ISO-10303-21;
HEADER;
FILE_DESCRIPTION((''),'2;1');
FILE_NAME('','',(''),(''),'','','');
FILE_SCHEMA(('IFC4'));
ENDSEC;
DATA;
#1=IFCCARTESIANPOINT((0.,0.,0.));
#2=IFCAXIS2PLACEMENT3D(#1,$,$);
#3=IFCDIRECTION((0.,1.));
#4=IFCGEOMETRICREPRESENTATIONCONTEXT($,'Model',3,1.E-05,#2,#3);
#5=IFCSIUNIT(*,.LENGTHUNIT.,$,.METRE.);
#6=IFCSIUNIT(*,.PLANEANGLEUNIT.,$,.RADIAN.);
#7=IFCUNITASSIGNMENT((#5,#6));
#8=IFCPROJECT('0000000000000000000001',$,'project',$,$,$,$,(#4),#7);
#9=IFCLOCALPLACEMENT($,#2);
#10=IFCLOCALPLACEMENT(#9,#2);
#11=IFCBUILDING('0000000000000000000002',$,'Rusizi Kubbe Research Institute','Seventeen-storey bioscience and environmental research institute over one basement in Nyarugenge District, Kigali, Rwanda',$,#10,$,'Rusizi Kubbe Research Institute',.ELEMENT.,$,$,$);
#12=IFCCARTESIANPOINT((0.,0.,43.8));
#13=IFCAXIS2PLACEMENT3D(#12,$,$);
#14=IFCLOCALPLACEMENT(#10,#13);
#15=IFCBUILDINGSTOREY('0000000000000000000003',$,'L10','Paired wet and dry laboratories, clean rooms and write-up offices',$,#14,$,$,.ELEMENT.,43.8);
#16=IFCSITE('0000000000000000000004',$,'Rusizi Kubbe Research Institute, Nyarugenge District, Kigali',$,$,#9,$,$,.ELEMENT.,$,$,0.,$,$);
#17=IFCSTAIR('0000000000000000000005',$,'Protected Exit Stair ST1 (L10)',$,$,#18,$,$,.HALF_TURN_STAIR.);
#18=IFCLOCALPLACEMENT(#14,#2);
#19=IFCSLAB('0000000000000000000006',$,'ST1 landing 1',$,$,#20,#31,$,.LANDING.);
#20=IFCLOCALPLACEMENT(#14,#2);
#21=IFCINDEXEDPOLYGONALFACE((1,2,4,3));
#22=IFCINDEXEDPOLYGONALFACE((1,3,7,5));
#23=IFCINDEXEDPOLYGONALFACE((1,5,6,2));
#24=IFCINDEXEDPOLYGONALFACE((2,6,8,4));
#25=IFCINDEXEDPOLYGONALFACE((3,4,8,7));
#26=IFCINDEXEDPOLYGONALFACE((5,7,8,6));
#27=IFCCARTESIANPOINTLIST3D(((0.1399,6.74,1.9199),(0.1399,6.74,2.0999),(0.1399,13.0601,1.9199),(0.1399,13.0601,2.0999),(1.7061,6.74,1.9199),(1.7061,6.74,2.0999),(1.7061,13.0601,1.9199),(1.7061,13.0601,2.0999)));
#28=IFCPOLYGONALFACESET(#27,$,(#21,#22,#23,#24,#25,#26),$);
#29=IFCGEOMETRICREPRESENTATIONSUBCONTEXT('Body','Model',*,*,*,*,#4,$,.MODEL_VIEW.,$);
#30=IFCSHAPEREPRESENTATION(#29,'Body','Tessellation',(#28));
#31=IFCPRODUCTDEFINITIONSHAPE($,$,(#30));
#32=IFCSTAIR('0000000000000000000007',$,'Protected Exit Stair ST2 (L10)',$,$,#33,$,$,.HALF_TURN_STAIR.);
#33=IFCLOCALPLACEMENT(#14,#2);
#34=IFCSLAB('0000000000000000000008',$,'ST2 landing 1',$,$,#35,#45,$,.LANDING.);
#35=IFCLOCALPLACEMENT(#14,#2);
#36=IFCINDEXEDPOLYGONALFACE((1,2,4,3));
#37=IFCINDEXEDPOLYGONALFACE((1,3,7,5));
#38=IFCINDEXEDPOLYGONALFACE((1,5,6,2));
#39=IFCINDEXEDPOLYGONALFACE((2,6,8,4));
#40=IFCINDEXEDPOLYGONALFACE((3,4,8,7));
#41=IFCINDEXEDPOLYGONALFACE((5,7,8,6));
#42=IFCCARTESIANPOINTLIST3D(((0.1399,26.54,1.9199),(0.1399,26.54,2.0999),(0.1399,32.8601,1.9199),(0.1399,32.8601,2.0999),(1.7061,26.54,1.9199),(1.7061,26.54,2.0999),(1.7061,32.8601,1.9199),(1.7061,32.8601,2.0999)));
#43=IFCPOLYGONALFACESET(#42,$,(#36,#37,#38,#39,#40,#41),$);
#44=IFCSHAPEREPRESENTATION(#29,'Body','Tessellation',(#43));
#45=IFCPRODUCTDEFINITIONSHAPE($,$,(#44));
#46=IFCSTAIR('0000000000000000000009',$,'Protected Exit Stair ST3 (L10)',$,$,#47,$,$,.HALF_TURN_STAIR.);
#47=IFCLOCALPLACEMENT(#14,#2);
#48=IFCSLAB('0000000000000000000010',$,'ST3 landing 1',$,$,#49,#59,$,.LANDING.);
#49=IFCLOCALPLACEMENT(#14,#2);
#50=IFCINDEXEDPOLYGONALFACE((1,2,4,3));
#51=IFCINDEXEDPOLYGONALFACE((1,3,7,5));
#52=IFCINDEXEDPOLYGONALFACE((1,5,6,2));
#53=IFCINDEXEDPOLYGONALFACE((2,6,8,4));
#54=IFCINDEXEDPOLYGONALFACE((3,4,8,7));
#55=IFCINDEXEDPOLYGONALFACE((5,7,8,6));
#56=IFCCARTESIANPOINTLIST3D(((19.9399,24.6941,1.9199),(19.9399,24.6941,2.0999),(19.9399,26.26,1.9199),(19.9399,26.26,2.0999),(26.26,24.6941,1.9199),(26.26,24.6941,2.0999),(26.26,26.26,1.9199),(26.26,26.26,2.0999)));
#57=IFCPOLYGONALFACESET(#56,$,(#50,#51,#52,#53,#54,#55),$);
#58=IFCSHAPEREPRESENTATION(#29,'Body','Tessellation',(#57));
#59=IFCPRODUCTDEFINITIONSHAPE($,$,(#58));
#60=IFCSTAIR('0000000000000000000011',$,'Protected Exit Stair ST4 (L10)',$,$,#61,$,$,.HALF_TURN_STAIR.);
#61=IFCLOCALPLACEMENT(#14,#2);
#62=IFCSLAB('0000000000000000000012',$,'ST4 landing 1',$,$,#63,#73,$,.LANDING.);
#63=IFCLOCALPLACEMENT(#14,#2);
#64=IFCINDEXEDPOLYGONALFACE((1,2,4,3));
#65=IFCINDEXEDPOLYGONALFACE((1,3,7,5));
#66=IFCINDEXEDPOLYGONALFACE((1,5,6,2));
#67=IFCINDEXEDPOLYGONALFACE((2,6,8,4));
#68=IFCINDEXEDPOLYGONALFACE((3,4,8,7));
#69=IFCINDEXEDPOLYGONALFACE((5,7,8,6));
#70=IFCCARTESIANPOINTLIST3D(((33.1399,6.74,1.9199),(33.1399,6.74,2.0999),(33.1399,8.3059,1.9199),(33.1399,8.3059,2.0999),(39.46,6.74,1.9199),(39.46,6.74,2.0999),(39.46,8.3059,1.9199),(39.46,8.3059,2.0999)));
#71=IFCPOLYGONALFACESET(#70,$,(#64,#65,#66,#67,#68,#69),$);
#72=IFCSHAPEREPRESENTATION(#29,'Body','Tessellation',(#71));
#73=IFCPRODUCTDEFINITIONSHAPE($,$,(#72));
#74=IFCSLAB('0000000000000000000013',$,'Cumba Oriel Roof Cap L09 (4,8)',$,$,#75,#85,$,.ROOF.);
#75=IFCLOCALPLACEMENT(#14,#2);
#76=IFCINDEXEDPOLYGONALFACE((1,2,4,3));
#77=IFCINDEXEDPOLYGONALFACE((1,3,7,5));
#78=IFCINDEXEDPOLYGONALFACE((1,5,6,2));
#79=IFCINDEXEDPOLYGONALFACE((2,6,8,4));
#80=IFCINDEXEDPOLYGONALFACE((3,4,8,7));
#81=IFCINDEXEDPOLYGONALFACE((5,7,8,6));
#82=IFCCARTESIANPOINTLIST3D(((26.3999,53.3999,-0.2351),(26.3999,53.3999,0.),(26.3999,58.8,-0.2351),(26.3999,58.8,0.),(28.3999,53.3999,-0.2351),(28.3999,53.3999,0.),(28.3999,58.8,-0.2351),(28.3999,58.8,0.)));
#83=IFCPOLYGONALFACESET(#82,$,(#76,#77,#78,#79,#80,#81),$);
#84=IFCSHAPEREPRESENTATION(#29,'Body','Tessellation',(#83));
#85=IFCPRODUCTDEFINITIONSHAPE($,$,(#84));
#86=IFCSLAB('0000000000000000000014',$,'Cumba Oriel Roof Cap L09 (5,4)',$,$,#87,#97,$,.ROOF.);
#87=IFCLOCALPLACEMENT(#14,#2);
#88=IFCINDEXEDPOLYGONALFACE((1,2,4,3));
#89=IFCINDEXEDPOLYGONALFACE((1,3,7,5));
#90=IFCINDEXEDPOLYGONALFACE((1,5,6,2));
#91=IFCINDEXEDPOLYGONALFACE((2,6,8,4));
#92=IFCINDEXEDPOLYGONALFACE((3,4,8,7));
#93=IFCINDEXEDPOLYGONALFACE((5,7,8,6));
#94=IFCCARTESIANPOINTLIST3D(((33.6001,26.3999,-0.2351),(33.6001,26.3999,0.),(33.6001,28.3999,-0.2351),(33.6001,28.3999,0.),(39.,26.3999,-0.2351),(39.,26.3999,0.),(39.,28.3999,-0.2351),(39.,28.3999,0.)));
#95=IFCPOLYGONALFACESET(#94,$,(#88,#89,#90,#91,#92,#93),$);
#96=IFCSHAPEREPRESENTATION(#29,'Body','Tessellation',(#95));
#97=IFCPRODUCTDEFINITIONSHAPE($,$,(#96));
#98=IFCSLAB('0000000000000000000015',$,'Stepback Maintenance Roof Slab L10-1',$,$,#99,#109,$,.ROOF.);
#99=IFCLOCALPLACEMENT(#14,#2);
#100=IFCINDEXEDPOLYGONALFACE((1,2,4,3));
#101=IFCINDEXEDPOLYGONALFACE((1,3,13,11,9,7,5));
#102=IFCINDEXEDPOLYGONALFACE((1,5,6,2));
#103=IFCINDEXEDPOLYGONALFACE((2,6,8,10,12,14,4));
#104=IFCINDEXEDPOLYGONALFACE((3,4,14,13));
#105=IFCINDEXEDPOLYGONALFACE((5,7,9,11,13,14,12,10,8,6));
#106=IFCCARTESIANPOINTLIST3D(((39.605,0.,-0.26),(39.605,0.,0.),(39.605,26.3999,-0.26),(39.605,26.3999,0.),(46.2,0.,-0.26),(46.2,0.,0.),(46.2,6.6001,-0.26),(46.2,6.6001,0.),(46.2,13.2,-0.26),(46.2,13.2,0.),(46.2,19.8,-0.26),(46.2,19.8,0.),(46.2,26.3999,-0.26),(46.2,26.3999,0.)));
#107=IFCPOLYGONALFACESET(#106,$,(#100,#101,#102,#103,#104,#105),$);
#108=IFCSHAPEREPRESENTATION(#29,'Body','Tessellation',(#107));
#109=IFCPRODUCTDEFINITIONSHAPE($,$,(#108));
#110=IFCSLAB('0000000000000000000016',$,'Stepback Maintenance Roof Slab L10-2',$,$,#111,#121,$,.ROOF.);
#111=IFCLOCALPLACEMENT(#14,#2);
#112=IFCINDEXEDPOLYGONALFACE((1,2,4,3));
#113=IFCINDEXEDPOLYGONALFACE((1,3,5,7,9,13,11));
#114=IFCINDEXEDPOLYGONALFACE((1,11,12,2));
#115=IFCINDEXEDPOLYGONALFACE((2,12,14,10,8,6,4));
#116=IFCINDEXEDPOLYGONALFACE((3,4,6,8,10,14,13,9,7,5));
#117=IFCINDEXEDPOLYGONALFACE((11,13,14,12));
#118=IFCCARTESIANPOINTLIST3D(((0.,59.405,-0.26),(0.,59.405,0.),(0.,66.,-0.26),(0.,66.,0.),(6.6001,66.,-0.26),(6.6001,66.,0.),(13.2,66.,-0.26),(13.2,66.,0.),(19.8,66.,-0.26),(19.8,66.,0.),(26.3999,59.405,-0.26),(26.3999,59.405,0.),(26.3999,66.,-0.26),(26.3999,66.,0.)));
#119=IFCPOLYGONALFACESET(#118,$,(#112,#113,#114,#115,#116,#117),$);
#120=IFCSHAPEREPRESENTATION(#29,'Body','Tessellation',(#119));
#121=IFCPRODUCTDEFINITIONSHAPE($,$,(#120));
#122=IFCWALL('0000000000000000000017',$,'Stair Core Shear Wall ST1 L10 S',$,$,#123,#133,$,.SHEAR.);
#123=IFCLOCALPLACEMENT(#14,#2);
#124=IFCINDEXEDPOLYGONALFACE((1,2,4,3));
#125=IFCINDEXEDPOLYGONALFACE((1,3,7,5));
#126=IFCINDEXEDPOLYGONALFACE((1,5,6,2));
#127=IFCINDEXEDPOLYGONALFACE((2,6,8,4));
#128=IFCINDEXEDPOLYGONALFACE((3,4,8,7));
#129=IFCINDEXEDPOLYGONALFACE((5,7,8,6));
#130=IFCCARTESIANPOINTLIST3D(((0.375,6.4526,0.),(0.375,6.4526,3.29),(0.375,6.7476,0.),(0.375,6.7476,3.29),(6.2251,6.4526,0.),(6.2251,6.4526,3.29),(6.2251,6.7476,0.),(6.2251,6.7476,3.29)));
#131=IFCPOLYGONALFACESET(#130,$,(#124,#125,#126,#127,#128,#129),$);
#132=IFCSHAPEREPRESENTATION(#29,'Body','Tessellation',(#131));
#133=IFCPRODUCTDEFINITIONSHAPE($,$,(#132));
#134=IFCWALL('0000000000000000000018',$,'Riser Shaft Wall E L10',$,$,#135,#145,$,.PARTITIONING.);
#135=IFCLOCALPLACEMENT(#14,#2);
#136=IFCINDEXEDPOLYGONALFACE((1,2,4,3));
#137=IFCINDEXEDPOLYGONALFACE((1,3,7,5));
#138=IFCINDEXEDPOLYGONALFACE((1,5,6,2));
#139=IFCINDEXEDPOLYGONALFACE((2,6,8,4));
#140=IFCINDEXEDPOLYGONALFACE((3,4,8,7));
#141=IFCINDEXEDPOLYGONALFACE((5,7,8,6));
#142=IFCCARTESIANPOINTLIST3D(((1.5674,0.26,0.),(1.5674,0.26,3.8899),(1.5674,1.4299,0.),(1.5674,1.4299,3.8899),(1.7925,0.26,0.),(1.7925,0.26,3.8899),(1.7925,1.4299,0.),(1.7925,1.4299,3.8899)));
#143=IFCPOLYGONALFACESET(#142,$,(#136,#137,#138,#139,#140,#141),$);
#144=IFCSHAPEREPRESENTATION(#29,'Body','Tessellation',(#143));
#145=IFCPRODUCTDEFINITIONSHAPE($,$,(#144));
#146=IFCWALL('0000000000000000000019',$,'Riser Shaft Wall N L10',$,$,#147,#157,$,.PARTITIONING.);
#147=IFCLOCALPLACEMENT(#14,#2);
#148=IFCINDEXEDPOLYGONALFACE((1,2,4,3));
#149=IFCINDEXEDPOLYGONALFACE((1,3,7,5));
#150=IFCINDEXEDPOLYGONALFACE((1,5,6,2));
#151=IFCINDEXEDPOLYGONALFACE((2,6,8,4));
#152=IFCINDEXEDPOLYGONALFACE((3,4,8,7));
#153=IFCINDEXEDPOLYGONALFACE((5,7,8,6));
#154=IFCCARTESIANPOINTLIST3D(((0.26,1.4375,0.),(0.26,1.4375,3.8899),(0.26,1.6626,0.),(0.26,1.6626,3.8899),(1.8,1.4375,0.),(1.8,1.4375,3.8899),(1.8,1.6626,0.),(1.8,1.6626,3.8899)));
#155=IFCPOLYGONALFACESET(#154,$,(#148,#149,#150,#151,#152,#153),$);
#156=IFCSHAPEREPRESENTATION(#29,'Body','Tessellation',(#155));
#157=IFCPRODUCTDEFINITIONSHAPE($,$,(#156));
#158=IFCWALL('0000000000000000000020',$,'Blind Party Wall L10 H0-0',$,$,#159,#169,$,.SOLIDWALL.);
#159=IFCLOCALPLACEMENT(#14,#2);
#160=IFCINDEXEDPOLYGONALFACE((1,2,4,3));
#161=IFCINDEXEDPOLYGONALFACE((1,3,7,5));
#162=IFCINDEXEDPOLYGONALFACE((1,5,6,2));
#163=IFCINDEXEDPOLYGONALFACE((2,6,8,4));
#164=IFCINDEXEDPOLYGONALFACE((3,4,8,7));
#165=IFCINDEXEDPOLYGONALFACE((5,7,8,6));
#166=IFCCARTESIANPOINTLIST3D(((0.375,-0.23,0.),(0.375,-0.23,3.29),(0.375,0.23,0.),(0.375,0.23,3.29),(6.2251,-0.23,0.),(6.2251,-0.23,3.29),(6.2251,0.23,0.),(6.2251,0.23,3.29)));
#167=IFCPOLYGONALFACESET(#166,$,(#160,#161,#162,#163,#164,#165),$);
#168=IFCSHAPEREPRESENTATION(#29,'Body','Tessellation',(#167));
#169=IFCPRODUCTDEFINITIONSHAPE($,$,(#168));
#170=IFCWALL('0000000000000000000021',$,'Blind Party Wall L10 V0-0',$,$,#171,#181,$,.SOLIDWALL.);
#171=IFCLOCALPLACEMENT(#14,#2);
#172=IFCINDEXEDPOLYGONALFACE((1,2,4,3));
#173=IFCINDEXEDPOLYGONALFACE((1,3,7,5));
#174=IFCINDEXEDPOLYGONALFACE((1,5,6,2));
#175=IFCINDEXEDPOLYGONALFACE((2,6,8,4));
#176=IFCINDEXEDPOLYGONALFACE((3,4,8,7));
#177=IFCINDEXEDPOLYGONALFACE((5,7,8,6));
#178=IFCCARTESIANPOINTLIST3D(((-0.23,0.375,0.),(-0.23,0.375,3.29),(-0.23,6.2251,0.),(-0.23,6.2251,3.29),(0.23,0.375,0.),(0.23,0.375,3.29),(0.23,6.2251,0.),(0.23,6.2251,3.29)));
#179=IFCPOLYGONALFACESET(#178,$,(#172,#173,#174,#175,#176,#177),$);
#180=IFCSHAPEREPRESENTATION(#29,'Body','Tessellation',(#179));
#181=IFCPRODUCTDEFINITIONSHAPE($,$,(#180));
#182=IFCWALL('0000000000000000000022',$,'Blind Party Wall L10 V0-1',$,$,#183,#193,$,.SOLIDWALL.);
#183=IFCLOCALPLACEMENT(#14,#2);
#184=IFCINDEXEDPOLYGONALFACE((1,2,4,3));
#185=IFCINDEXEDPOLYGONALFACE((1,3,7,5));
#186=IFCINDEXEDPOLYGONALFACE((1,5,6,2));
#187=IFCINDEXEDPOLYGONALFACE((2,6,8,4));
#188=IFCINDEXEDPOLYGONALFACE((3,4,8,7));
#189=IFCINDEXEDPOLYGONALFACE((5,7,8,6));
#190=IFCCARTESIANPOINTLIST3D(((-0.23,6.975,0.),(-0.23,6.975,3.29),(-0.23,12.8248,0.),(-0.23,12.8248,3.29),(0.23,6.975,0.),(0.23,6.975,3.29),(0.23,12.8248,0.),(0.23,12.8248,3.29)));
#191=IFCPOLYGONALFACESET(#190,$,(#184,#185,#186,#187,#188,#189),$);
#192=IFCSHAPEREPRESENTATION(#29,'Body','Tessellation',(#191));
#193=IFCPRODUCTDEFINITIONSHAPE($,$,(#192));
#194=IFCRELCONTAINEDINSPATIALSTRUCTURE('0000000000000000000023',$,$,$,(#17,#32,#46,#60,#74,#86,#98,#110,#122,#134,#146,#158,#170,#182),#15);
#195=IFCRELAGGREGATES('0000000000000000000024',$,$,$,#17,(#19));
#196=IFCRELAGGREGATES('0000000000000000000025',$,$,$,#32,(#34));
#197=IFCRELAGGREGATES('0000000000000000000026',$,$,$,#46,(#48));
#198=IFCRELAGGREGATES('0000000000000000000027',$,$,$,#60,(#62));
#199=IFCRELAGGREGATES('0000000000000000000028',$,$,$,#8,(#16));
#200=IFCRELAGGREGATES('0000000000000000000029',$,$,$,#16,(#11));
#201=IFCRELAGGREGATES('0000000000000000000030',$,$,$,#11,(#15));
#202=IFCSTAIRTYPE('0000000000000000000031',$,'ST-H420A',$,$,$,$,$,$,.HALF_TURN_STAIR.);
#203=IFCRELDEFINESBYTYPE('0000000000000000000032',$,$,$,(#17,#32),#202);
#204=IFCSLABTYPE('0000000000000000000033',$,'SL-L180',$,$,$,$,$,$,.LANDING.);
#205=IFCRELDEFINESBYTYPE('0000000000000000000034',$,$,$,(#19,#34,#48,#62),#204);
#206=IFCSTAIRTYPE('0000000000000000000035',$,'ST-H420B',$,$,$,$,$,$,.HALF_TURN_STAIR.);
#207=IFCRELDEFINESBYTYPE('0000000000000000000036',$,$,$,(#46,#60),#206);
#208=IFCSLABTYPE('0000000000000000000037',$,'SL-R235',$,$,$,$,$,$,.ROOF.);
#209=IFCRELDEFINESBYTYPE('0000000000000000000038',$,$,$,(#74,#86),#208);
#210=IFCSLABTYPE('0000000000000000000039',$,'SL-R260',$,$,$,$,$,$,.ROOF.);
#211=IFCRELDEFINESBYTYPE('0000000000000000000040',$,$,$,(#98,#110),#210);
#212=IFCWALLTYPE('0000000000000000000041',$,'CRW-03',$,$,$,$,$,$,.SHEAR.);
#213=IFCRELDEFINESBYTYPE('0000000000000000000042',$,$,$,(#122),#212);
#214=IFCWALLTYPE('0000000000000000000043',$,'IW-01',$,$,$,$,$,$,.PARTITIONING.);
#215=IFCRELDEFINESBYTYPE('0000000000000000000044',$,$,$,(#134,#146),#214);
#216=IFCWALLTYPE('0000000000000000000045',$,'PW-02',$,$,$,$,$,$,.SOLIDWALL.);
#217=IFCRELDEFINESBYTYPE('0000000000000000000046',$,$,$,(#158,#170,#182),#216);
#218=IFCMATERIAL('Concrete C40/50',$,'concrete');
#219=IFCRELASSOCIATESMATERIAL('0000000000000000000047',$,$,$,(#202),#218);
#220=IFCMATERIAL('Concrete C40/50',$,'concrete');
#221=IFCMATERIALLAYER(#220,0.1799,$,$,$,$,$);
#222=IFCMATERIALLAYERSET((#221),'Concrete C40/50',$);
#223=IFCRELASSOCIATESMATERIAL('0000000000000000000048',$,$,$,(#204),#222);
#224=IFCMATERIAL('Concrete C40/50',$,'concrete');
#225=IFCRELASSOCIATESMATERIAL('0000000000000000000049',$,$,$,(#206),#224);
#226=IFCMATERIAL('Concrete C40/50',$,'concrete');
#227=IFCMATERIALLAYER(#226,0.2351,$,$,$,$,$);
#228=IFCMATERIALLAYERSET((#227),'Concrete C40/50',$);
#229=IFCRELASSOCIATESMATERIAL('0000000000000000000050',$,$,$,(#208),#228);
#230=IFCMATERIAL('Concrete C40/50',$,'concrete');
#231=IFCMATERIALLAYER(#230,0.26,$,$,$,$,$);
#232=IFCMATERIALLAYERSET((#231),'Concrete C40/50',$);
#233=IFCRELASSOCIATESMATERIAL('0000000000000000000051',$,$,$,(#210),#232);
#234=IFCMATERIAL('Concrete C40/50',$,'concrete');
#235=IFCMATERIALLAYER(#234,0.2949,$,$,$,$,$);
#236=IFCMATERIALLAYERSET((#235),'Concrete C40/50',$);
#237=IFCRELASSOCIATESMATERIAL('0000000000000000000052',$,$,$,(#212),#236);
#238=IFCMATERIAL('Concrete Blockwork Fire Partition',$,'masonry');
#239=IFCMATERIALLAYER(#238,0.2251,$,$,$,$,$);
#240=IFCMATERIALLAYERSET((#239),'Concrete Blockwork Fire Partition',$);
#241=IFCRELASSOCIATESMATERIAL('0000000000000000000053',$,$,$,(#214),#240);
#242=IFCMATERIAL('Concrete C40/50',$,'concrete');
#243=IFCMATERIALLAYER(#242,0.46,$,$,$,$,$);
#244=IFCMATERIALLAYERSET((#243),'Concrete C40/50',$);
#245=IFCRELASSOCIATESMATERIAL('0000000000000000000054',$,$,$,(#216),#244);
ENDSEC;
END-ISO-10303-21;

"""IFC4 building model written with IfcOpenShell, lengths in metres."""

from ifc_helpers import new_model, si_unit, direction, frame, frame_2d, origin, place, context, subcontext, project, spatial, polyline, rectangle, outline, extrude, material, layer, layer_set, type_object, element, aggregate, save


model = new_model("IFC4")

# Units and contexts
model_context = context("Model", 3, precision=1e-05, world=origin(), true_north=direction((0.0, 1.0)))
body_context = subcontext(model_context, "Body", "Model", "MODEL_VIEW")
ifc_project = project(units=[si_unit("LENGTHUNIT", "METRE"), si_unit("PLANEANGLEUNIT", "RADIAN")], contexts=[model_context])

# Site, building, storey
site_placement = place(None, origin())
site = spatial("IfcSite", under=ifc_project, at=site_placement, Name="Rusizi Kubbe Research Institute, Nyarugenge District, Kigali", CompositionType="ELEMENT", RefElevation=0.0)
building_placement = place(site_placement, origin())
building = spatial("IfcBuilding", under=site, at=building_placement, Name="Rusizi Kubbe Research Institute", Description="Seventeen-storey bioscience and environmental research institute over one basement in Nyarugenge District, Kigali, Rwanda", LongName="Rusizi Kubbe Research Institute", CompositionType="ELEMENT")
storey_placement = place(building_placement, frame((0.0, 0.0, 43.8)))
storey = spatial("IfcBuildingStorey", under=building, at=storey_placement, Name="L10", Description="Paired wet and dry laboratories, clean rooms and write-up offices", CompositionType="ELEMENT", Elevation=43.8)

# Stairs, slabs
ifc_material_1 = material(Name="Concrete C40/50", Category="concrete")
stair_type_1 = type_object("IfcStairType", Name="ST-H420A", PredefinedType="HALF_TURN_STAIR", material=ifc_material_1)
stair_1_placement = place(storey_placement, origin())
stair_1 = element("IfcStair", 1, at=stair_1_placement, inside=storey, type_object=stair_type_1, Name="Protected Exit Stair ST1 (L10)", PredefinedType="HALF_TURN_STAIR")
ifc_material_2 = material(Name="Concrete C40/50", Category="concrete")
ifc_layer_1 = layer(ifc_material_2, 0.1799)
ifc_layer_set_1 = layer_set([ifc_layer_1], Name="Concrete C40/50")
slab_type_1 = type_object("IfcSlabType", Name="SL-L180", PredefinedType="LANDING", material=ifc_layer_set_1)
slab_1_placement = place(storey_placement, frame((0.0, 0.0, 1.9199)))
slab_1 = element("IfcSlab", 2, at=slab_1_placement, type_object=slab_type_1, Name="ST1 landing 1", PredefinedType="LANDING", context=body_context, shape_type="SweptSolid", body=[
    extrude(outline(polyline([(1.7061, 13.0601), (0.1399, 13.0601), (0.1399, 6.74), (1.7061, 6.74), (1.7061, 13.0601)])), origin(), (0.0, 0.0, 1.0), 0.1799),
])
aggregate(stair_1, [slab_1])
stair_2_placement = place(storey_placement, origin())
stair_2 = element("IfcStair", 3, at=stair_2_placement, inside=storey, type_object=stair_type_1, Name="Protected Exit Stair ST2 (L10)", PredefinedType="HALF_TURN_STAIR")
slab_2_placement = place(storey_placement, frame((0.0, 0.0, 1.9199)))
slab_2 = element("IfcSlab", 4, at=slab_2_placement, type_object=slab_type_1, Name="ST2 landing 1", PredefinedType="LANDING", context=body_context, shape_type="SweptSolid", body=[
    extrude(outline(polyline([(1.7061, 32.8601), (0.1399, 32.8601), (0.1399, 26.54), (1.7061, 26.54), (1.7061, 32.8601)])), origin(), (0.0, 0.0, 1.0), 0.1799),
])
aggregate(stair_2, [slab_2])
ifc_material_3 = material(Name="Concrete C40/50", Category="concrete")
stair_type_2 = type_object("IfcStairType", Name="ST-H420B", PredefinedType="HALF_TURN_STAIR", material=ifc_material_3)
stair_3_placement = place(storey_placement, origin())
stair_3 = element("IfcStair", 5, at=stair_3_placement, inside=storey, type_object=stair_type_2, Name="Protected Exit Stair ST3 (L10)", PredefinedType="HALF_TURN_STAIR")
slab_3_placement = place(storey_placement, frame((0.0, 0.0, 1.9199)))
slab_3 = element("IfcSlab", 6, at=slab_3_placement, type_object=slab_type_1, Name="ST3 landing 1", PredefinedType="LANDING", context=body_context, shape_type="SweptSolid", body=[
    extrude(outline(polyline([(26.26, 24.6941), (26.26, 26.26), (19.9399, 26.26), (19.9399, 24.6941), (26.26, 24.6941)])), origin(), (0.0, 0.0, 1.0), 0.1799),
])
aggregate(stair_3, [slab_3])
stair_4_placement = place(storey_placement, origin())
stair_4 = element("IfcStair", 7, at=stair_4_placement, inside=storey, type_object=stair_type_2, Name="Protected Exit Stair ST4 (L10)", PredefinedType="HALF_TURN_STAIR")
slab_4_placement = place(storey_placement, frame((0.0, 0.0, 1.9199)))
slab_4 = element("IfcSlab", 8, at=slab_4_placement, type_object=slab_type_1, Name="ST4 landing 1", PredefinedType="LANDING", context=body_context, shape_type="SweptSolid", body=[
    extrude(outline(polyline([(33.1399, 8.3059), (33.1399, 6.74), (39.46, 6.74), (39.46, 8.3059), (33.1399, 8.3059)])), origin(), (0.0, 0.0, 1.0), 0.1799),
])
aggregate(stair_4, [slab_4])

# Slabs
ifc_material_4 = material(Name="Concrete C40/50", Category="concrete")
ifc_layer_2 = layer(ifc_material_4, 0.2351)
ifc_layer_set_2 = layer_set([ifc_layer_2], Name="Concrete C40/50")
slab_type_2 = type_object("IfcSlabType", Name="SL-R235", PredefinedType="ROOF", material=ifc_layer_set_2)
slab_5_placement = place(storey_placement, frame((0.0, 0.0, -0.2351)))
element("IfcSlab", 9, at=slab_5_placement, inside=storey, type_object=slab_type_2, Name="Cumba Oriel Roof Cap L09 (4,8)", PredefinedType="ROOF", context=body_context, shape_type="SweptSolid", body=[
    extrude(outline(polyline([(26.3999, 53.3999), (28.3999, 53.3999), (28.3999, 58.8), (26.3999, 58.8), (26.3999, 53.3999)])), origin(), (0.0, 0.0, 1.0), 0.2351),
])
slab_6_placement = place(storey_placement, frame((0.0, 0.0, -0.2351)))
element("IfcSlab", 10, at=slab_6_placement, inside=storey, type_object=slab_type_2, Name="Cumba Oriel Roof Cap L09 (5,4)", PredefinedType="ROOF", context=body_context, shape_type="SweptSolid", body=[
    extrude(outline(polyline([(33.6001, 26.3999), (39.0, 26.3999), (39.0, 28.3999), (33.6001, 28.3999), (33.6001, 26.3999)])), origin(), (0.0, 0.0, 1.0), 0.2351),
])
ifc_material_5 = material(Name="Concrete C40/50", Category="concrete")
ifc_layer_3 = layer(ifc_material_5, 0.26)
ifc_layer_set_3 = layer_set([ifc_layer_3], Name="Concrete C40/50")
slab_type_3 = type_object("IfcSlabType", Name="SL-R260", PredefinedType="ROOF", material=ifc_layer_set_3)
slab_7_placement = place(storey_placement, frame((0.0, 0.0, -0.26)))
element("IfcSlab", 11, at=slab_7_placement, inside=storey, type_object=slab_type_3, Name="Stepback Maintenance Roof Slab L10-1", PredefinedType="ROOF", context=body_context, shape_type="SweptSolid", body=[
    extrude(outline(polyline([(46.2, 26.3999), (46.2, 19.8), (46.2, 13.2), (46.2, 6.6001), (46.2, 0.0), (39.605, 0.0), (39.605, 26.3999), (46.2, 26.3999)])), origin(), (0.0, 0.0, 1.0), 0.26),
])
slab_8_placement = place(storey_placement, frame((0.0, 0.0, -0.26)))
element("IfcSlab", 12, at=slab_8_placement, inside=storey, type_object=slab_type_3, Name="Stepback Maintenance Roof Slab L10-2", PredefinedType="ROOF", context=body_context, shape_type="SweptSolid", body=[
    extrude(outline(polyline([(13.2, 66.0), (19.8, 66.0), (26.3999, 66.0), (26.3999, 59.405), (0.0, 59.405), (0.0, 66.0), (6.6001, 66.0), (13.2, 66.0)])), origin(), (0.0, 0.0, 1.0), 0.26),
])

# Walls
ifc_material_6 = material(Name="Concrete C40/50", Category="concrete")
ifc_layer_4 = layer(ifc_material_6, 0.2949)
ifc_layer_set_4 = layer_set([ifc_layer_4], Name="Concrete C40/50")
wall_type_1 = type_object("IfcWallType", Name="CRW-03", PredefinedType="SHEAR", material=ifc_layer_set_4)
wall_1_placement = place(storey_placement, frame((0.375, 6.6001, 0.0), z_axis=(0.0, 0.0, 1.0), x_axis=(1.0, 0.0, 0.0)))
element("IfcWall", 13, at=wall_1_placement, inside=storey, type_object=wall_type_1, Name="Stair Core Shear Wall ST1 L10 S", PredefinedType="SHEAR", context=body_context, shape_type="SweptSolid", body=[
    extrude(rectangle(XDim=5.8501, YDim=0.2949, at=frame_2d((2.925, 0.0))), origin(), (0.0, 0.0, 1.0), 3.29),
])
ifc_material_7 = material(Name="Concrete Blockwork Fire Partition", Category="masonry")
ifc_layer_5 = layer(ifc_material_7, 0.2251)
ifc_layer_set_5 = layer_set([ifc_layer_5], Name="Concrete Blockwork Fire Partition")
wall_type_2 = type_object("IfcWallType", Name="IW-01", PredefinedType="PARTITIONING", material=ifc_layer_set_5)
wall_2_placement = place(storey_placement, frame((1.6799, 0.26, 0.0), z_axis=(0.0, 0.0, 1.0), x_axis=(0.0, 1.0, 0.0)))
element("IfcWall", 14, at=wall_2_placement, inside=storey, type_object=wall_type_2, Name="Riser Shaft Wall E L10", PredefinedType="PARTITIONING", context=body_context, shape_type="SweptSolid", body=[
    extrude(rectangle(XDim=1.1699, YDim=0.2251, at=frame_2d((0.585, 0.0))), origin(), (0.0, 0.0, 1.0), 3.8899),
])
wall_3_placement = place(storey_placement, frame((0.26, 1.55, 0.0), z_axis=(0.0, 0.0, 1.0), x_axis=(1.0, 0.0, 0.0)))
element("IfcWall", 15, at=wall_3_placement, inside=storey, type_object=wall_type_2, Name="Riser Shaft Wall N L10", PredefinedType="PARTITIONING", context=body_context, shape_type="SweptSolid", body=[
    extrude(rectangle(XDim=1.54, YDim=0.2251, at=frame_2d((0.77, 0.0))), origin(), (0.0, 0.0, 1.0), 3.8899),
])
ifc_material_8 = material(Name="Concrete C40/50", Category="concrete")
ifc_layer_6 = layer(ifc_material_8, 0.46)
ifc_layer_set_6 = layer_set([ifc_layer_6], Name="Concrete C40/50")
wall_type_3 = type_object("IfcWallType", Name="PW-02", PredefinedType="SOLIDWALL", material=ifc_layer_set_6)
for number, where, z_axis, x_axis, name in (
    (16, (0.375, 0.0, 0.0), (0.0, 0.0, 1.0), (1.0, 0.0, 0.0), "Blind Party Wall L10 H0-0"),
    (17, (0.0, 0.375, 0.0), (0.0, 0.0, 1.0), (0.0, 1.0, 0.0), "Blind Party Wall L10 V0-0"),
):
    element("IfcWall", number, at=place(storey_placement, frame(where, z_axis=z_axis, x_axis=x_axis)), inside=storey, type_object=wall_type_3, Name=name, PredefinedType="SOLIDWALL", context=body_context, shape_type="SweptSolid", body=[
        extrude(rectangle(XDim=5.8501, YDim=0.46, at=frame_2d((2.925, 0.0))), origin(), (0.0, 0.0, 1.0), 3.29),
    ])
wall_4_placement = place(storey_placement, frame((0.0, 6.9751, 0.0), z_axis=(0.0, 0.0, 1.0), x_axis=(0.0, 1.0, 0.0)))
element("IfcWall", 18, at=wall_4_placement, inside=storey, type_object=wall_type_3, Name="Blind Party Wall L10 V0-1", PredefinedType="SOLIDWALL", context=body_context, shape_type="SweptSolid", body=[
    extrude(rectangle(XDim=5.8499, YDim=0.46, at=frame_2d((2.9248, 0.0))), origin(), (0.0, 0.0, 1.0), 3.29),
])

save(model, "model.ifc")
